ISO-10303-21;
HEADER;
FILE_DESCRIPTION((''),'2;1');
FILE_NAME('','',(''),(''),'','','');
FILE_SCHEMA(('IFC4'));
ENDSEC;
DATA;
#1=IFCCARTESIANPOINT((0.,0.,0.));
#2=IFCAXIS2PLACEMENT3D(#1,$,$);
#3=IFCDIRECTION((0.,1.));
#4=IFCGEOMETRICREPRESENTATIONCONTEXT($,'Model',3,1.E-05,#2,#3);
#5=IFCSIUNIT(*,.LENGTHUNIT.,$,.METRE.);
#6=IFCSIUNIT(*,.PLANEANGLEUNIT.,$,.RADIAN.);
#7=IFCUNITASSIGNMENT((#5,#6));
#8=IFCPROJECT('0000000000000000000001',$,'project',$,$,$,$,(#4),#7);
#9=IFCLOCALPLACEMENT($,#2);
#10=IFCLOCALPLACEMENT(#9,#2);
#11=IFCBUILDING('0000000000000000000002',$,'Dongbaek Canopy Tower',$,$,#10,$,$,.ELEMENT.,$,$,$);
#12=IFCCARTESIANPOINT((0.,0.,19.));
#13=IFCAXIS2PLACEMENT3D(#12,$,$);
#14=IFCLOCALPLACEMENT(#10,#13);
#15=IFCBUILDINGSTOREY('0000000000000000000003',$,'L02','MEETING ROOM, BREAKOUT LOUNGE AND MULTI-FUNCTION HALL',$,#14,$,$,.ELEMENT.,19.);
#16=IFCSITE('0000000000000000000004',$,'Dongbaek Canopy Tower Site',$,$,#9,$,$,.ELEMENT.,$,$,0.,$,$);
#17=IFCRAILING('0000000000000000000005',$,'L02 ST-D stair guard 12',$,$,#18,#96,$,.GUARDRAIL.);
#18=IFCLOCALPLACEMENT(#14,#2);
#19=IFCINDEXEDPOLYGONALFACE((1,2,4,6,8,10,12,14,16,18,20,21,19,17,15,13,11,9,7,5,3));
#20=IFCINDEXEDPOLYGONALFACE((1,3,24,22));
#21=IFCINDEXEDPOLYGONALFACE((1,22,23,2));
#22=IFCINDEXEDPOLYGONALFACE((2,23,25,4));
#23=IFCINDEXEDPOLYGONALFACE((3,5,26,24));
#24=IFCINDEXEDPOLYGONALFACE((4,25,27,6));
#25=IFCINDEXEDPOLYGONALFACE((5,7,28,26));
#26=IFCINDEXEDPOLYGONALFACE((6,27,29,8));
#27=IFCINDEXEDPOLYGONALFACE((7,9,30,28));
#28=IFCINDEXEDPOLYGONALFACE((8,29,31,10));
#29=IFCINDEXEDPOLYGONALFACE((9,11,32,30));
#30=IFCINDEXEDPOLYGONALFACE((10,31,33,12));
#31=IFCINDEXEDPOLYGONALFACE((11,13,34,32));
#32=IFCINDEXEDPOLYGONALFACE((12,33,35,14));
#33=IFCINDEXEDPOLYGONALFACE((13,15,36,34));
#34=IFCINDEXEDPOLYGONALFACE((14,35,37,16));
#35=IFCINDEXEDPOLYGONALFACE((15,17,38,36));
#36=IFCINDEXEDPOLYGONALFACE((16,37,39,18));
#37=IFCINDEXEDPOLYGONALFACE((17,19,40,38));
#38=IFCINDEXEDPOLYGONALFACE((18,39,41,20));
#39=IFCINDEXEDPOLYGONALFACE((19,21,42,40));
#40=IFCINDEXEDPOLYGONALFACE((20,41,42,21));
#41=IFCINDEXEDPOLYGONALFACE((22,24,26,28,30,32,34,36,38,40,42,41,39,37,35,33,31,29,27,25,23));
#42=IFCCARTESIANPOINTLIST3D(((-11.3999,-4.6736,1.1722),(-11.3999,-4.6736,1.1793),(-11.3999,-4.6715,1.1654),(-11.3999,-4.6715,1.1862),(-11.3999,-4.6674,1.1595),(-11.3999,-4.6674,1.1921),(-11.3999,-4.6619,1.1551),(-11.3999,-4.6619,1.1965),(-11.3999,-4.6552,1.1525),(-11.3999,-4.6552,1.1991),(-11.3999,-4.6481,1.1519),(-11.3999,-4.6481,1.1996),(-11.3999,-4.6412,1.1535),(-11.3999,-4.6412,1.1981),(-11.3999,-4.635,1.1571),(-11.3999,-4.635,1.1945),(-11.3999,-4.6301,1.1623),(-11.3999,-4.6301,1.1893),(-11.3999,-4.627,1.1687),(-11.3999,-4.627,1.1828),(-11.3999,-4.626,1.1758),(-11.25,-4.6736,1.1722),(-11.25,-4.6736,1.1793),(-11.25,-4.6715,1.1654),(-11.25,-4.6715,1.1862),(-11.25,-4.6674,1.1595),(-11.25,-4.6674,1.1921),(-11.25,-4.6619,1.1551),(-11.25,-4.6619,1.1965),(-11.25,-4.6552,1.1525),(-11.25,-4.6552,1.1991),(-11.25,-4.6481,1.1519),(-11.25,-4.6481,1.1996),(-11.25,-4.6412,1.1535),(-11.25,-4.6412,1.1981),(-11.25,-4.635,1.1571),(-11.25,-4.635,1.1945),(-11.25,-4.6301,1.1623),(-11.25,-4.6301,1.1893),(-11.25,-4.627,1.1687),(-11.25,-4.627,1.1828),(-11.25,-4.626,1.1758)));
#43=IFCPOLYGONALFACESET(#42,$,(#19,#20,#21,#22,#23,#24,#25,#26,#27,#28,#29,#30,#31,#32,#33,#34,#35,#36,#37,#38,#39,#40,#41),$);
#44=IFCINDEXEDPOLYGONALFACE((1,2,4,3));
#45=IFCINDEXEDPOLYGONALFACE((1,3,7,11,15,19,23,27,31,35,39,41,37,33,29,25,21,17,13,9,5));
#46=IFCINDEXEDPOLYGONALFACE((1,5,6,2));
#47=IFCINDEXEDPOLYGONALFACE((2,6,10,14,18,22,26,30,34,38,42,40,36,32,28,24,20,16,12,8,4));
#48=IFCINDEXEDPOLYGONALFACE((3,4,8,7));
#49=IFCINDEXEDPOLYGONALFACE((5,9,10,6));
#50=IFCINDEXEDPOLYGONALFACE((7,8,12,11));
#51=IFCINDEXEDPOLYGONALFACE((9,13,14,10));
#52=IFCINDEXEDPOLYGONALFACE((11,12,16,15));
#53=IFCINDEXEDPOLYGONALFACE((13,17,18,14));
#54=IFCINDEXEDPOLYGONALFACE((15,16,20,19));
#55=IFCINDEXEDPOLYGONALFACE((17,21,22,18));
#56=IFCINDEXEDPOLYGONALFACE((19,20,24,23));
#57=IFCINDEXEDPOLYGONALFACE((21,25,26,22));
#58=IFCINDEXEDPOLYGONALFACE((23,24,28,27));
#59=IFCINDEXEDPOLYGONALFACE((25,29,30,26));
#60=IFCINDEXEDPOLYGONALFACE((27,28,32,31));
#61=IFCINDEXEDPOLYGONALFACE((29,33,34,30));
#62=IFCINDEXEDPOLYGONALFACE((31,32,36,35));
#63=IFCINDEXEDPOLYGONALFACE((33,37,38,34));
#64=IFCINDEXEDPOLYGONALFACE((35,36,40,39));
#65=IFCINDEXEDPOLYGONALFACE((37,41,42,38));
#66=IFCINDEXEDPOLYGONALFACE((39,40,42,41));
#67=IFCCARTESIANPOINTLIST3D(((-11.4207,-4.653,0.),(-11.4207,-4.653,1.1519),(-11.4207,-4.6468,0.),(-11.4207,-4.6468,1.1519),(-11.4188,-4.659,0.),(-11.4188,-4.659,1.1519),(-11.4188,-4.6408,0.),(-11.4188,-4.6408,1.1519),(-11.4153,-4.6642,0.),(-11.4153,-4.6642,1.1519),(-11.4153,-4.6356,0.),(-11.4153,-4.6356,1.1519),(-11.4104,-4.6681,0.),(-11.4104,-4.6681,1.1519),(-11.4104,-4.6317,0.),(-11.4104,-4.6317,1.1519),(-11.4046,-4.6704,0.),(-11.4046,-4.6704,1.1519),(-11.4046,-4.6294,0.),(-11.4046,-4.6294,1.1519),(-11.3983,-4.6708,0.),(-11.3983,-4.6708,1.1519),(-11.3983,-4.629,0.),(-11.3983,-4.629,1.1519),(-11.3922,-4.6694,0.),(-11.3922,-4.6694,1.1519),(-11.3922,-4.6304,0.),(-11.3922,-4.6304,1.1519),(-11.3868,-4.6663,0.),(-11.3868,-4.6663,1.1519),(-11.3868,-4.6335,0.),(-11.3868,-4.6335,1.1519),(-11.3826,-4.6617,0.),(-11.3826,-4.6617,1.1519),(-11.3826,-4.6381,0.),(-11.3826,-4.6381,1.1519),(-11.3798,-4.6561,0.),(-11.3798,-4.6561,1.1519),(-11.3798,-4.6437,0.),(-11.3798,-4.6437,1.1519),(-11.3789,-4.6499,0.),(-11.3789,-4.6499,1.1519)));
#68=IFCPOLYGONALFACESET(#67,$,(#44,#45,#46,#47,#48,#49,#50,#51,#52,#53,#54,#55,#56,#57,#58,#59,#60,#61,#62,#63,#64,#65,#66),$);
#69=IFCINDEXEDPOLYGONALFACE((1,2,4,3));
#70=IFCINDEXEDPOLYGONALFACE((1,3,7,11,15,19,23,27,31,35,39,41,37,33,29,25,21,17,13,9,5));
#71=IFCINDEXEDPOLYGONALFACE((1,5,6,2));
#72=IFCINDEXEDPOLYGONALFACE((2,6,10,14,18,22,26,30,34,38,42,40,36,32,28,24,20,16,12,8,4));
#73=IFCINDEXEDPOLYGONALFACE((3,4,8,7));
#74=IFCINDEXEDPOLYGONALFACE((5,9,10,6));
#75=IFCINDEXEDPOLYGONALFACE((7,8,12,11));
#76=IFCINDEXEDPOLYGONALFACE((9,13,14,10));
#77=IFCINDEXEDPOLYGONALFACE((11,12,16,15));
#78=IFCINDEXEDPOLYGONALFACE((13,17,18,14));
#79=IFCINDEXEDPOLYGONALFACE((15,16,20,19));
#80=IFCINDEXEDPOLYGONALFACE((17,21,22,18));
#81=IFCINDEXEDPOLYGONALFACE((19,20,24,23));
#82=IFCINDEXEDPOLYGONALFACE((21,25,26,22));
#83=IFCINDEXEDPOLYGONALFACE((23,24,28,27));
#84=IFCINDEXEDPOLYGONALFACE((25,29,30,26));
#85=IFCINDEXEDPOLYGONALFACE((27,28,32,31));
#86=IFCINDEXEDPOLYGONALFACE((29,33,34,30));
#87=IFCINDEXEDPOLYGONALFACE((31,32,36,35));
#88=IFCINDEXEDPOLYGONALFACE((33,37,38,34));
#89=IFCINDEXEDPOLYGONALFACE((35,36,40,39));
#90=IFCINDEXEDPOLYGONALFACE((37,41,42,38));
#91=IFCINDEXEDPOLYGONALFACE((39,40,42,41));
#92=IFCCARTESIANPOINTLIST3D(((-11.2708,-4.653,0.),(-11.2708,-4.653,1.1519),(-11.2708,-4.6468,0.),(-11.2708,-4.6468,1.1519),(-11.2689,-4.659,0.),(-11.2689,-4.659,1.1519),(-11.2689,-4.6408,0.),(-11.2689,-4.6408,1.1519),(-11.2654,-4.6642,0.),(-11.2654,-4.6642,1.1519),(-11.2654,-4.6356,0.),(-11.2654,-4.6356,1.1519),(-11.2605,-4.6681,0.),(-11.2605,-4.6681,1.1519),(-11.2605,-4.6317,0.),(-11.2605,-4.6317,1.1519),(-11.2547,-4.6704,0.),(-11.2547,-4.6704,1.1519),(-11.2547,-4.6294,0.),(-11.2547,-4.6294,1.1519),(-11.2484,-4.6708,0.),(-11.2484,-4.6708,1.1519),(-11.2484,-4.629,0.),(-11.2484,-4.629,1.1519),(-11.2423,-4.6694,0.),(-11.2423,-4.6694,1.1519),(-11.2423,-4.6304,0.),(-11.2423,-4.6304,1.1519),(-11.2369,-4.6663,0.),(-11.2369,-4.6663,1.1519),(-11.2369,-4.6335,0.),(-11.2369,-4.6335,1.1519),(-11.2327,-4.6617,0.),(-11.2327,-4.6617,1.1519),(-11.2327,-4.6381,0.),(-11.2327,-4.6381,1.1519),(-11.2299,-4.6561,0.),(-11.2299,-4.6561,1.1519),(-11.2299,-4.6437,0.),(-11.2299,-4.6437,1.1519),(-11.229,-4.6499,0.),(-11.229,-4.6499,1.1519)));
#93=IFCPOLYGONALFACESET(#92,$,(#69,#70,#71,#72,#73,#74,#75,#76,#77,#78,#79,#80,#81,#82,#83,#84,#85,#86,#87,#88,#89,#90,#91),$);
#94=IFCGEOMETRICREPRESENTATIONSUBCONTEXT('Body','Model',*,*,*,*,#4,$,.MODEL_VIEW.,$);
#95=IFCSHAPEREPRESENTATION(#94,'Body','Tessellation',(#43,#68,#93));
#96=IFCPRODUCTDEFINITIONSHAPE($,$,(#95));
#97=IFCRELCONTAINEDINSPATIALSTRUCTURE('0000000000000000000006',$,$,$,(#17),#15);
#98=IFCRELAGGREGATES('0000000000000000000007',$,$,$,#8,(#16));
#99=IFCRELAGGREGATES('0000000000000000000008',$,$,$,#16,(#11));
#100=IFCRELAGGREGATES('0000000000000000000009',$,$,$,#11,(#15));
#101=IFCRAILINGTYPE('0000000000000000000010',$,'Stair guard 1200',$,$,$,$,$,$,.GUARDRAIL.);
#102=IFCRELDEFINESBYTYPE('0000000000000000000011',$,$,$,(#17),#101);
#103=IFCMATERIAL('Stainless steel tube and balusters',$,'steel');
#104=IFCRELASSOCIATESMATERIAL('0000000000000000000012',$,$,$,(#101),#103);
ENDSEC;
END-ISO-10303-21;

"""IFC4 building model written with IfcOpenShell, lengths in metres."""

from ifc_helpers import new_model, si_unit, direction, frame, origin, origin_2d, place, context, subcontext, project, spatial, circle, extrude, material, type_object, element, save


model = new_model("IFC4")

# Units and contexts
model_context = context("Model", 3, precision=1e-05, world=origin(), true_north=direction((0.0, 1.0)))
body_context = subcontext(model_context, "Body", "Model", "MODEL_VIEW")
ifc_project = project(units=[si_unit("LENGTHUNIT", "METRE"), si_unit("PLANEANGLEUNIT", "RADIAN")], contexts=[model_context])

# Site, building, storey
site_placement = place(None, origin())
site = spatial("IfcSite", under=ifc_project, at=site_placement, Name="Dongbaek Canopy Tower Site", CompositionType="ELEMENT", RefElevation=0.0)
building_placement = place(site_placement, origin())
building = spatial("IfcBuilding", under=site, at=building_placement, Name="Dongbaek Canopy Tower", CompositionType="ELEMENT")
storey_placement = place(building_placement, frame((0.0, 0.0, 19.0)))
storey = spatial("IfcBuildingStorey", under=building, at=storey_placement, Name="L02", Description="MEETING ROOM, BREAKOUT LOUNGE AND MULTI-FUNCTION HALL", CompositionType="ELEMENT", Elevation=19.0)

# Railing
ifc_material_1 = material(Name="Stainless steel tube and balusters", Category="steel")
railing_type_1 = type_object("IfcRailingType", Name="Stair guard 1200", PredefinedType="GUARDRAIL", material=ifc_material_1)
railing_1_placement = place(storey_placement, frame((-11.3999, -4.6499, 0.0)))
element("IfcRailing", 1, at=railing_1_placement, inside=storey, type_object=railing_type_1, Name="L02 ST-D stair guard 12", PredefinedType="GUARDRAIL", context=body_context, shape_type="SweptSolid", body=[
    extrude(circle(Radius=0.0239, at=origin_2d()), frame((0.0, 0.0, 1.1758), z_axis=(1.0, 0.0, 0.0), x_axis=(0.0, 1.0, 0.0)), (0.0, 0.0, 1.0), 0.1499),
    extrude(circle(Radius=0.021, at=origin_2d()), origin(), (0.0, 0.0, 1.0), 1.1519),
    extrude(circle(Radius=0.021, at=origin_2d()), frame((0.1499, 0.0, 0.0)), (0.0, 0.0, 1.0), 1.1519),
])

save(model, "model.ifc")
